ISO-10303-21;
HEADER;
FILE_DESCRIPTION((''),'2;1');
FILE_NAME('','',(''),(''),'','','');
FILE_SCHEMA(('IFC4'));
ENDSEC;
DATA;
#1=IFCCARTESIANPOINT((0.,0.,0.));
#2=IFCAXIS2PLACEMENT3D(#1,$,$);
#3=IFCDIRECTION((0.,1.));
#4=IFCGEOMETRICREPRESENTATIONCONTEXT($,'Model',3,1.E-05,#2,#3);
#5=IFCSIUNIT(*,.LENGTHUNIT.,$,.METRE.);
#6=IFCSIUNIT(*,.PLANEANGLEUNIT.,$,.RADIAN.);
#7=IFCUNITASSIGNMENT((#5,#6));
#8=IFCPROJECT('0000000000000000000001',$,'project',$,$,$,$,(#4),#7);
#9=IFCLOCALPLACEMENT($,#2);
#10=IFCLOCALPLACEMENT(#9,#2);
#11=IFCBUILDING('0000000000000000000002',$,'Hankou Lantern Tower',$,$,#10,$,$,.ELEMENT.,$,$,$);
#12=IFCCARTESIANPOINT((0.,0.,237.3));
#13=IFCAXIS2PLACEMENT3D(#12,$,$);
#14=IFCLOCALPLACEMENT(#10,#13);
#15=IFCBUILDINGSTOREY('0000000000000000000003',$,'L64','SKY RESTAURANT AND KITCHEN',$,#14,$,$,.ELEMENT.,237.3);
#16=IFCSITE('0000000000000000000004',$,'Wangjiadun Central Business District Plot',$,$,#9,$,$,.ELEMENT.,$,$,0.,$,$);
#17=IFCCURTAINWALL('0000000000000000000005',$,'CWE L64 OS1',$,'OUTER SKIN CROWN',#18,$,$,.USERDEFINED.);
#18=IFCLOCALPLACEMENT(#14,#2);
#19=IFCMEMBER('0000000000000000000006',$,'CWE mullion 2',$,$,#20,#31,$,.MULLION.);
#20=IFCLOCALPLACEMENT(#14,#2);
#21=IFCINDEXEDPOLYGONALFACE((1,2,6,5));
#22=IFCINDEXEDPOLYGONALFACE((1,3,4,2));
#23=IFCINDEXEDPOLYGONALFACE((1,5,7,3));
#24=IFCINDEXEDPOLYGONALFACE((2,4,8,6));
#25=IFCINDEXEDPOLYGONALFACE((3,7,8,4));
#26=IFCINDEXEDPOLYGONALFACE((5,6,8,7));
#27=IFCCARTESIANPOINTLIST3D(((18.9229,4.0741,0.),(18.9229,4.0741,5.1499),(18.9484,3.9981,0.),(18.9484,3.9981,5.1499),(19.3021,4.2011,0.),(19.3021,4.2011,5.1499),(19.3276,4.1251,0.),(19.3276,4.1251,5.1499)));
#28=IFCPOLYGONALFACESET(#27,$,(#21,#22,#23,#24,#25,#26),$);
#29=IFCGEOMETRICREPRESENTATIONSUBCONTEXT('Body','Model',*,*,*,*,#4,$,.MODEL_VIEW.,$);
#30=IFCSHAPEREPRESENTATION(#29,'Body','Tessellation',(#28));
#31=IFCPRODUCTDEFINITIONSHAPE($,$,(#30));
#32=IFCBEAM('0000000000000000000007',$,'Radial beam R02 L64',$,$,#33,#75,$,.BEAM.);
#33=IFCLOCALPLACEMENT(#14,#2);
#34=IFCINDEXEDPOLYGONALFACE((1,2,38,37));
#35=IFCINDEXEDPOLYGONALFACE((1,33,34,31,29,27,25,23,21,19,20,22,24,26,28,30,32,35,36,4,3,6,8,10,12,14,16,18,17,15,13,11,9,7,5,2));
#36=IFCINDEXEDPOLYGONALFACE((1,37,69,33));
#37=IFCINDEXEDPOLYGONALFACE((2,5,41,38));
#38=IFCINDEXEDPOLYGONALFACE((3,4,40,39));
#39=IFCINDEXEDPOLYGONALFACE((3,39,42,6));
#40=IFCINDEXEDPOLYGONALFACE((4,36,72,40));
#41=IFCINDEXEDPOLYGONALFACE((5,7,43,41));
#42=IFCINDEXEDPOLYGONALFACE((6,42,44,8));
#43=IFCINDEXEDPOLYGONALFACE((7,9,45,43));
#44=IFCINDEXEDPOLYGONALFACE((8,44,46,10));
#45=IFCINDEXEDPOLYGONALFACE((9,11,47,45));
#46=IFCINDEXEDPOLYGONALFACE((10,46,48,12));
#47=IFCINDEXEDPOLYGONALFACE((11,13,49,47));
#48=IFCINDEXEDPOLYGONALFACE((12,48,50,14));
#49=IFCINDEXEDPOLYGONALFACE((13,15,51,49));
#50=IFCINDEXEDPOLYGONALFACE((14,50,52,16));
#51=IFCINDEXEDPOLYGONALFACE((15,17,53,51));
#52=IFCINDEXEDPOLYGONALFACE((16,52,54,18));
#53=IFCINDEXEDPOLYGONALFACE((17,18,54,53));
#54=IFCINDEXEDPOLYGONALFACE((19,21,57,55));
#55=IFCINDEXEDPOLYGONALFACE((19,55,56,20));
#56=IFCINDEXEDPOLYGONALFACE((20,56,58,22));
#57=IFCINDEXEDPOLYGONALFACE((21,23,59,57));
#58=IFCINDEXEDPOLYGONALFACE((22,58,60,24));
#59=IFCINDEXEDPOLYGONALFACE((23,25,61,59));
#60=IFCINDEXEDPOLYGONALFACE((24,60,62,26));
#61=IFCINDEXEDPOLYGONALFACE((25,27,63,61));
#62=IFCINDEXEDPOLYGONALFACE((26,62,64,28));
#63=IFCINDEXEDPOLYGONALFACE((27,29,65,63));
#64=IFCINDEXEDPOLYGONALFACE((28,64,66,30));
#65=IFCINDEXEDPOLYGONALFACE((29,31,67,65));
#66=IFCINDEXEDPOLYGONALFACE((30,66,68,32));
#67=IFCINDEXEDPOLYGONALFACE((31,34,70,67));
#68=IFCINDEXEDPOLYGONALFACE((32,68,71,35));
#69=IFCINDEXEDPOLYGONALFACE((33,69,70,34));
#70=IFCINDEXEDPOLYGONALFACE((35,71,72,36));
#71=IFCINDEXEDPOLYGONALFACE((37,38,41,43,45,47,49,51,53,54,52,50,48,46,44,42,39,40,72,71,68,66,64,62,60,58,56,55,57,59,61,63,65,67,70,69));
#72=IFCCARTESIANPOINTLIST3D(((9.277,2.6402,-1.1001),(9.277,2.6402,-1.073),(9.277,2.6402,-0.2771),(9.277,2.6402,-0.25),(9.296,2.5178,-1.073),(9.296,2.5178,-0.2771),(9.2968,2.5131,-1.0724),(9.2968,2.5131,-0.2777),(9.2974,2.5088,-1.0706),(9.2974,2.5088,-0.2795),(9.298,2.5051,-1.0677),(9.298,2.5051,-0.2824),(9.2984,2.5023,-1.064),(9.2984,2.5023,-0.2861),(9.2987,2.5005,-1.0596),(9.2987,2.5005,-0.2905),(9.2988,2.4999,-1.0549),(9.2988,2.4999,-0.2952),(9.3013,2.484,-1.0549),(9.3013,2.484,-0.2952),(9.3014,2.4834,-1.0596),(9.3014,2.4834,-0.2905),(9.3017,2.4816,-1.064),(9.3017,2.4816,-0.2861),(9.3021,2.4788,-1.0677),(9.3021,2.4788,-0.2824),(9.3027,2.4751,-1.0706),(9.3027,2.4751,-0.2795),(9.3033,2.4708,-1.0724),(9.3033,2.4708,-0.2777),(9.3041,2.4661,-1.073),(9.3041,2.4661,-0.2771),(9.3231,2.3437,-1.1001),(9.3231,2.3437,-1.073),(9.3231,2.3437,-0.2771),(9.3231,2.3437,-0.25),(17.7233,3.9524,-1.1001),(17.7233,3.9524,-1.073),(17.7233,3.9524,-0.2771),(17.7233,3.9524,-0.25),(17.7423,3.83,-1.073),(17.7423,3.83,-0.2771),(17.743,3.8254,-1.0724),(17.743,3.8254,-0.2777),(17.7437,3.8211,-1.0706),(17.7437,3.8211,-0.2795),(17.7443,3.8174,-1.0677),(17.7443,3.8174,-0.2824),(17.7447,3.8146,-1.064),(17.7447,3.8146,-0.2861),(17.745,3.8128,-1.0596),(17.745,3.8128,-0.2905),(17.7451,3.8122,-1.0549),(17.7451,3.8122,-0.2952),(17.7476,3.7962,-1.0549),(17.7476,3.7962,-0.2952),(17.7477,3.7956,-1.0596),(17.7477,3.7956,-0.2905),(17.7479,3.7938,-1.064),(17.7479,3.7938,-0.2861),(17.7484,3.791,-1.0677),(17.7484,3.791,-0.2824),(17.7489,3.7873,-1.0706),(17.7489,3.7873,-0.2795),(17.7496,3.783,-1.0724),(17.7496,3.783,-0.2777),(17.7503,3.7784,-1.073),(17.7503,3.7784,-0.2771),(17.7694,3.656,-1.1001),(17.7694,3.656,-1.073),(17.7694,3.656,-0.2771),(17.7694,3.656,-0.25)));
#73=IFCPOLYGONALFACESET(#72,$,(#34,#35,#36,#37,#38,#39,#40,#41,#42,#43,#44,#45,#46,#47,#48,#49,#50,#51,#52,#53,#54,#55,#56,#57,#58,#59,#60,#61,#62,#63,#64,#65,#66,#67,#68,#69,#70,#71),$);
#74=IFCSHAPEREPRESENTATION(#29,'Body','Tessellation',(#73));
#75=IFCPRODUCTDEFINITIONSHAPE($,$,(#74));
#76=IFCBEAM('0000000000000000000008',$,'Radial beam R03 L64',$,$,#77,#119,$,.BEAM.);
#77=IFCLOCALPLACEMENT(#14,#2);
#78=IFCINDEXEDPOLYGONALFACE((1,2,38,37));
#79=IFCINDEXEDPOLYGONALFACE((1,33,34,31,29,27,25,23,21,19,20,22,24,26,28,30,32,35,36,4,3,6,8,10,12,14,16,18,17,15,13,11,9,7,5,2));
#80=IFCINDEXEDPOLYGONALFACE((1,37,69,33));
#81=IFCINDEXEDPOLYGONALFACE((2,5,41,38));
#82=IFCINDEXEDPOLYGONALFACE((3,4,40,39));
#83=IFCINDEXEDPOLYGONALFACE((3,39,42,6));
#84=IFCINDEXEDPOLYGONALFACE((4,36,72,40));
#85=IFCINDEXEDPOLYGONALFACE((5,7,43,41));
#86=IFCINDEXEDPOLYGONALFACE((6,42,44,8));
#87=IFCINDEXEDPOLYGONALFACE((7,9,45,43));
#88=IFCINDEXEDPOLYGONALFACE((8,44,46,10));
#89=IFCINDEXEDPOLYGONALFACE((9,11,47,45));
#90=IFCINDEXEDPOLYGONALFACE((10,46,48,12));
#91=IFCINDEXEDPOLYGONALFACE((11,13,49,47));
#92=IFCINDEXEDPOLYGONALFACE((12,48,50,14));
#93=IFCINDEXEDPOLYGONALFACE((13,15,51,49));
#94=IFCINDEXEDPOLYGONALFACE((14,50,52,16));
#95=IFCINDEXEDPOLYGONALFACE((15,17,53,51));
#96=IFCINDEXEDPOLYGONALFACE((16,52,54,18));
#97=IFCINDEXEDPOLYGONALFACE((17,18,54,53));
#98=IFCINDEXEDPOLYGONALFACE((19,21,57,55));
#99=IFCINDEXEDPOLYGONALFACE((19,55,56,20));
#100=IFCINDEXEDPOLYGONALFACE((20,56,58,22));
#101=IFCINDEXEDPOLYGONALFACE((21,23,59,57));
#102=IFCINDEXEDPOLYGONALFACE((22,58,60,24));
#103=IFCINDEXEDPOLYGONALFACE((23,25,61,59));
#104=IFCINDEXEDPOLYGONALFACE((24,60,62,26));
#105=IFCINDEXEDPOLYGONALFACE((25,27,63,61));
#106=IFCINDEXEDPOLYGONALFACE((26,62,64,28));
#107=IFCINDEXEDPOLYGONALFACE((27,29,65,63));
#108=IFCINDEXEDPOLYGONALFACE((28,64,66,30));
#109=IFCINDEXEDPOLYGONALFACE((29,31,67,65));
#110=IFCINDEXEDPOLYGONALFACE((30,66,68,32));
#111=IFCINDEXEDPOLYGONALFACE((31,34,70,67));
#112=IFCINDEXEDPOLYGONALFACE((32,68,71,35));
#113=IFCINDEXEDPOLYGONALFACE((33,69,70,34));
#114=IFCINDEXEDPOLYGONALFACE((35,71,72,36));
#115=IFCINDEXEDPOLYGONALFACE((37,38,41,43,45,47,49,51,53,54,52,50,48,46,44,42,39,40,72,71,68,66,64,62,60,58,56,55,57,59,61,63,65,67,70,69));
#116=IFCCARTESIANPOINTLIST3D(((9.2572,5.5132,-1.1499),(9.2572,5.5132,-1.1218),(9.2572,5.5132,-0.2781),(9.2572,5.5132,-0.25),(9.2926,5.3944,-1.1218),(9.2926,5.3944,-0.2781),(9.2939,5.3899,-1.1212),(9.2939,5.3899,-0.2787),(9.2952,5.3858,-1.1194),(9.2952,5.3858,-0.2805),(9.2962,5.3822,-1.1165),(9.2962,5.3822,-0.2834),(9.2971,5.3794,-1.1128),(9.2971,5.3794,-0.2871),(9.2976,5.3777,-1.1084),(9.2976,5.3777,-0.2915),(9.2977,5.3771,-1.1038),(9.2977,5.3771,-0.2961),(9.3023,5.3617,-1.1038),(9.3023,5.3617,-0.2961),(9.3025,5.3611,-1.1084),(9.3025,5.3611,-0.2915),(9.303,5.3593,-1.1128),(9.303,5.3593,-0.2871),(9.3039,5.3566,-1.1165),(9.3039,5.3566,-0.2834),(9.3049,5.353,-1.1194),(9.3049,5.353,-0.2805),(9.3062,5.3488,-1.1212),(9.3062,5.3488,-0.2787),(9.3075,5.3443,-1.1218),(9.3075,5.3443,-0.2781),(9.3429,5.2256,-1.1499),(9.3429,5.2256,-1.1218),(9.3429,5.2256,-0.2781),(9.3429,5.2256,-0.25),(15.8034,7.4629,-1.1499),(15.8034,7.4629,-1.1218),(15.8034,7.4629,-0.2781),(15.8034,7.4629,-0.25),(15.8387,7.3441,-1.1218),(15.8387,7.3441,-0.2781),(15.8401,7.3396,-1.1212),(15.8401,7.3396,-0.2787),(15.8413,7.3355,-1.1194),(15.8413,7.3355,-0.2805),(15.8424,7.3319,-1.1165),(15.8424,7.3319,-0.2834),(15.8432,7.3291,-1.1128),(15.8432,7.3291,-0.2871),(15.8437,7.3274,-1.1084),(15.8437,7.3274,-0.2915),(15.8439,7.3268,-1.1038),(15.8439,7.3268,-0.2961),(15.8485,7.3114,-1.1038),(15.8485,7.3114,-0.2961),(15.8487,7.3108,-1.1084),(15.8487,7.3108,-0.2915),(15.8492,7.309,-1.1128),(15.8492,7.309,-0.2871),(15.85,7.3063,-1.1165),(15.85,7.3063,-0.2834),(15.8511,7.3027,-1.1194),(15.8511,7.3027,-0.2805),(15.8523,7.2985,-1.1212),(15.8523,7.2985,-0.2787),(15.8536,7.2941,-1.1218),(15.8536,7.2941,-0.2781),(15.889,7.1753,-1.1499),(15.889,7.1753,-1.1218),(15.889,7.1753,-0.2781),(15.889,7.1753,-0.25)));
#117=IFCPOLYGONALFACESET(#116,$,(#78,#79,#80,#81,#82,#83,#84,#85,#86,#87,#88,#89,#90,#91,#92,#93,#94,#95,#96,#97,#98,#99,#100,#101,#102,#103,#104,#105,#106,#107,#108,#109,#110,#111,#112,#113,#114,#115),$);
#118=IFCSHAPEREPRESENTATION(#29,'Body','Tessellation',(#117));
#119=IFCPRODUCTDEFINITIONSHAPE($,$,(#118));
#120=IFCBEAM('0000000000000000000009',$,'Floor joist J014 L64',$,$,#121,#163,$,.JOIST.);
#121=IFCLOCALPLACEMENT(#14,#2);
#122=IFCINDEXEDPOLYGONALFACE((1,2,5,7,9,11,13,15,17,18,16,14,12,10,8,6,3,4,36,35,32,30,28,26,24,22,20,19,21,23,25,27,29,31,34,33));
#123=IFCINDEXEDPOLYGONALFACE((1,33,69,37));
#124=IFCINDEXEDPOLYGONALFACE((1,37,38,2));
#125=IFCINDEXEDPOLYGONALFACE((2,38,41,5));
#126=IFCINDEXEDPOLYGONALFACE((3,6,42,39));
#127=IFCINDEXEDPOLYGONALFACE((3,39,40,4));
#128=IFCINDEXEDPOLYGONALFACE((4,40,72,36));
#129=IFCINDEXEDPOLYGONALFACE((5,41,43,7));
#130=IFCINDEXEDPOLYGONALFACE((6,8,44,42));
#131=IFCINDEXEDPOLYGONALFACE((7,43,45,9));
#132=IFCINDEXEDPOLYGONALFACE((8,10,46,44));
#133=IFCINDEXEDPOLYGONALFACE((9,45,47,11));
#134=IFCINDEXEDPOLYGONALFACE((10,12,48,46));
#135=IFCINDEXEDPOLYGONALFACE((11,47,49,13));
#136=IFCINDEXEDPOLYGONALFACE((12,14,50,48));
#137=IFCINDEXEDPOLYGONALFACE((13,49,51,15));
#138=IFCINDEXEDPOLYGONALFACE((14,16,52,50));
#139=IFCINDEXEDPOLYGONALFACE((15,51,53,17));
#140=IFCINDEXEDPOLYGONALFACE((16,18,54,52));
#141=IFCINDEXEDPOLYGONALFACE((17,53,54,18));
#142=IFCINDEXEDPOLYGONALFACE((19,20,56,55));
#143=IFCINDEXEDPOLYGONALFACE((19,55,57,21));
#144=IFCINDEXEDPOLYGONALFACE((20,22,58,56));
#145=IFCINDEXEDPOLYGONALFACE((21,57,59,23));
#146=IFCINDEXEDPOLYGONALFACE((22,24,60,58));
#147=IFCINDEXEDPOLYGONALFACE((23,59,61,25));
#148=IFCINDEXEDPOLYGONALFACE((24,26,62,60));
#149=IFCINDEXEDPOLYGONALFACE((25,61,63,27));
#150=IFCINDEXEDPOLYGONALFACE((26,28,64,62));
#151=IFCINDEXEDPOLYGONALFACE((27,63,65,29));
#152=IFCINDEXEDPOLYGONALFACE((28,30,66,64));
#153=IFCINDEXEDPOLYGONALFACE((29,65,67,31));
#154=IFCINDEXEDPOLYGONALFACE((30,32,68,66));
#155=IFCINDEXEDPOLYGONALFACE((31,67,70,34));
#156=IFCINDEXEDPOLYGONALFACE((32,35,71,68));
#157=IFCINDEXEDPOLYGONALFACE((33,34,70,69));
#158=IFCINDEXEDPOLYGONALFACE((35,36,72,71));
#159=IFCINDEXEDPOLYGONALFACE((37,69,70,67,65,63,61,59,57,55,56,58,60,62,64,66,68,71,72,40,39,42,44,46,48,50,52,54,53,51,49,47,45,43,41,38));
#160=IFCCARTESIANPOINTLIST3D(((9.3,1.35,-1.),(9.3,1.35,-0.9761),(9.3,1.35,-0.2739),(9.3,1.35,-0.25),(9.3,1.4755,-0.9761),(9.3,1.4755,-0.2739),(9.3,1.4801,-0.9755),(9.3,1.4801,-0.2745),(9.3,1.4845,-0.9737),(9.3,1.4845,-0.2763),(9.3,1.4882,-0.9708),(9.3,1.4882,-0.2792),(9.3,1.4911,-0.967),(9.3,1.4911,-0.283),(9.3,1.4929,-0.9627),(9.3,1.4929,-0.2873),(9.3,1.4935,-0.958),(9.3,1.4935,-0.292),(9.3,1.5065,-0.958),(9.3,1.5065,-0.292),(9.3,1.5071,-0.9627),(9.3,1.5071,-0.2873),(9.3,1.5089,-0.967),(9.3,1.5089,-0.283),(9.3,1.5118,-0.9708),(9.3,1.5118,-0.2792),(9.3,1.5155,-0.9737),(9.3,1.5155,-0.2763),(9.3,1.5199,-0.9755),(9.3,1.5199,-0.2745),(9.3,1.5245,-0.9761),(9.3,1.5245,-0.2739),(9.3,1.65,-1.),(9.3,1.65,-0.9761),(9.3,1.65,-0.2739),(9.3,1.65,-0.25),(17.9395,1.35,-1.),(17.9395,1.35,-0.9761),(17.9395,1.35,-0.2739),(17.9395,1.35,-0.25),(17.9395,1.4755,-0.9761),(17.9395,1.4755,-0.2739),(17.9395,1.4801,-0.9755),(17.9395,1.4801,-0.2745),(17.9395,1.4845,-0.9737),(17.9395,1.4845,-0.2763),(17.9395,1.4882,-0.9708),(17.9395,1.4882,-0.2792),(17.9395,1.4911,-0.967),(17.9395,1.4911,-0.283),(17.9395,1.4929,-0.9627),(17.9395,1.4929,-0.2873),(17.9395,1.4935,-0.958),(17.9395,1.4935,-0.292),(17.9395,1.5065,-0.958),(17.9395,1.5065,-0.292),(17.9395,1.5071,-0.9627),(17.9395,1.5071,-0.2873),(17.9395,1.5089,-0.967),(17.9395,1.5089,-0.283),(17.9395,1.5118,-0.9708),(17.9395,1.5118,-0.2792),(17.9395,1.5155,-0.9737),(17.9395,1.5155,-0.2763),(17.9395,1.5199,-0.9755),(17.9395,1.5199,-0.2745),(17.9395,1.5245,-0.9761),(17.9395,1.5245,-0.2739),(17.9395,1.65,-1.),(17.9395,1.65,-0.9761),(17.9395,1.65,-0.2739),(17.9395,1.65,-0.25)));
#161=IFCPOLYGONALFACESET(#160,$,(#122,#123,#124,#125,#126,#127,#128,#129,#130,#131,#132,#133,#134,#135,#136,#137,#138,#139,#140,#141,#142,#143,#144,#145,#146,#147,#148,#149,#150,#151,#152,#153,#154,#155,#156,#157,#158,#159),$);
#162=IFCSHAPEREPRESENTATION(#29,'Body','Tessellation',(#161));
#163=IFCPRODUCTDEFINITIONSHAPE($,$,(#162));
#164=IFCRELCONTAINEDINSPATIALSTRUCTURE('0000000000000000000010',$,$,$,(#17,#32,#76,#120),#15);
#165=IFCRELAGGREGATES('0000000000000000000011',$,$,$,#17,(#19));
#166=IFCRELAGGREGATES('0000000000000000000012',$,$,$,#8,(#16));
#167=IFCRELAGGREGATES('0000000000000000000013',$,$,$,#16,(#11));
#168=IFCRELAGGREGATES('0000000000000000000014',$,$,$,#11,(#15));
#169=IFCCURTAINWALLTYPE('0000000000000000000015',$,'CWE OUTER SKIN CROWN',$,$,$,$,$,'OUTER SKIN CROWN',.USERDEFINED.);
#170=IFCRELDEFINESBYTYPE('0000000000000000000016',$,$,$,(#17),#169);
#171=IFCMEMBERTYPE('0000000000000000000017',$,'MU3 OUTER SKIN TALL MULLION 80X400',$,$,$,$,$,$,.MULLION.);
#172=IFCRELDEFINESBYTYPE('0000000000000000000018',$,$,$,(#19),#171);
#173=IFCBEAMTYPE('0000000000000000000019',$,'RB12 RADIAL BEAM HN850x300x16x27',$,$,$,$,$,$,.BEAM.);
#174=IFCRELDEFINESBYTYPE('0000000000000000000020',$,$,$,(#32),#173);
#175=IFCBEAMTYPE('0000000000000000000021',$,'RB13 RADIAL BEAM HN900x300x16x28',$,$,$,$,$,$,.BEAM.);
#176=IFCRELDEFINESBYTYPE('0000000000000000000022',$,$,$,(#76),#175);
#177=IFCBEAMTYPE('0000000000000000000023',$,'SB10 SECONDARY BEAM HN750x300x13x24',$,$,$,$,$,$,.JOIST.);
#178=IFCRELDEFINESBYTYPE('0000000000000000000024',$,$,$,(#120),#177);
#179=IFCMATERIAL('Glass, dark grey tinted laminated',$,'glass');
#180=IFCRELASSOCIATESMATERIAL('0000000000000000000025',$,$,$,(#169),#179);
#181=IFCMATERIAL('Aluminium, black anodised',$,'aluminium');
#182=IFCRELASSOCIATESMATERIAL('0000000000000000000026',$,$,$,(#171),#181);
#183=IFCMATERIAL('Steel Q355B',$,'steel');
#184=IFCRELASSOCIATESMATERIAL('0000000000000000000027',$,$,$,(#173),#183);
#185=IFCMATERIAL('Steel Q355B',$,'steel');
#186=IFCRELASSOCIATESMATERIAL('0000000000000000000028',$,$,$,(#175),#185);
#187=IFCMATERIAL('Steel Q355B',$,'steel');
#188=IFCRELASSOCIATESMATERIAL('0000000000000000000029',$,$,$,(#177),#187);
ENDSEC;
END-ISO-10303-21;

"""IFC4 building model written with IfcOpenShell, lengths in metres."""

from ifc_helpers import new_model, si_unit, direction, frame, origin, origin_2d, place, context, subcontext, project, spatial, rectangle, i_section, extrude, material, material_profile, profile_set, type_object, element, aggregate, save


model = new_model("IFC4")

# Units and contexts
model_context = context("Model", 3, precision=1e-05, world=origin(), true_north=direction((0.0, 1.0)))
body_context = subcontext(model_context, "Body", "Model", "MODEL_VIEW")
ifc_project = project(units=[si_unit("LENGTHUNIT", "METRE"), si_unit("PLANEANGLEUNIT", "RADIAN")], contexts=[model_context])

# Site, building, storey
site_placement = place(None, origin())
site = spatial("IfcSite", under=ifc_project, at=site_placement, Name="Wangjiadun Central Business District Plot", CompositionType="ELEMENT", RefElevation=0.0)
building_placement = place(site_placement, origin())
building = spatial("IfcBuilding", under=site, at=building_placement, Name="Hankou Lantern Tower", CompositionType="ELEMENT")
storey_placement = place(building_placement, frame((0.0, 0.0, 237.3)))
storey = spatial("IfcBuildingStorey", under=building, at=storey_placement, Name="L64", Description="SKY RESTAURANT AND KITCHEN", CompositionType="ELEMENT", Elevation=237.3)

# Curtain wall, member
ifc_material_1 = material(Name="Glass, dark grey tinted laminated", Category="glass")
curtain_wall_type = type_object("IfcCurtainWallType", Name="CWE OUTER SKIN CROWN", ElementType="OUTER SKIN CROWN", PredefinedType="USERDEFINED", material=ifc_material_1)
curtain_wall_placement = place(storey_placement, origin())
curtain_wall = element("IfcCurtainWall", 1, at=curtain_wall_placement, inside=storey, type_object=curtain_wall_type, Name="CWE L64 OS1", ObjectType="OUTER SKIN CROWN", PredefinedType="USERDEFINED")
ifc_material_2 = material(Name="Aluminium, black anodised", Category="aluminium")
ifc_material_profile_1 = material_profile(ifc_material_2, rectangle(XDim=0.0801, YDim=0.3999, at=origin_2d()), Name="MU3 80X400")
ifc_profile_set_1 = profile_set([ifc_material_profile_1], Name="Aluminium, black anodised")
member_type_1 = type_object("IfcMemberType", Name="MU3 OUTER SKIN TALL MULLION 80X400", PredefinedType="MULLION", material=ifc_profile_set_1)
member_1_placement = place(storey_placement, frame((19.1252, 4.0996, 0.0), z_axis=(0.0, 0.0, 1.0), x_axis=(-0.317596, 0.948226, 0.0)))
member_1 = element("IfcMember", 2, at=member_1_placement, type_object=member_type_1, Name="CWE mullion 2", PredefinedType="MULLION", context=body_context, shape_type="SweptSolid", body=[
    extrude(rectangle(XDim=0.0801, YDim=0.3999, at=origin_2d()), origin(), (0.0, 0.0, 1.0), 5.1499),
])

# Beams
ifc_material_3 = material(Name="Steel Q355B", Category="steel")
ifc_material_profile_2 = material_profile(ifc_material_3, i_section(OverallWidth=0.3, OverallDepth=0.8501, WebThickness=0.0161, FlangeThickness=0.0271, FilletRadius=0.0181, at=origin_2d()), Name="HN850x300x16x27")
ifc_profile_set_2 = profile_set([ifc_material_profile_2], Name="Steel Q355B")
beam_type_1 = type_object("IfcBeamType", Name="RB12 RADIAL BEAM HN850x300x16x27", PredefinedType="BEAM", material=ifc_profile_set_2)
beam_1_placement = place(storey_placement, frame((9.3, 2.4919, -0.675), z_axis=(0.988145, 0.153523, 0.0), x_axis=(-0.153523, 0.988145, 0.0)))
element("IfcBeam", 3, at=beam_1_placement, inside=storey, type_object=beam_type_1, Name="Radial beam R02 L64", PredefinedType="BEAM", context=body_context, shape_type="SweptSolid", body=[
    extrude(i_section(OverallWidth=0.3, OverallDepth=0.8501, WebThickness=0.0161, FlangeThickness=0.0271, FilletRadius=0.0181, at=origin_2d()), origin(), (0.0, 0.0, 1.0), 8.5476),
])
ifc_material_4 = material(Name="Steel Q355B", Category="steel")
ifc_material_profile_3 = material_profile(ifc_material_4, i_section(OverallWidth=0.3, OverallDepth=0.8999, WebThickness=0.0161, FlangeThickness=0.0281, FilletRadius=0.0181, at=origin_2d()), Name="HN900x300x16x28")
ifc_profile_set_3 = profile_set([ifc_material_profile_3], Name="Steel Q355B")
beam_type_2 = type_object("IfcBeamType", Name="RB13 RADIAL BEAM HN900x300x16x28", PredefinedType="BEAM", material=ifc_profile_set_3)
beam_2_placement = place(storey_placement, frame((9.3, 5.3694, -0.7), z_axis=(0.958394, 0.285449, 0.0), x_axis=(-0.285449, 0.958394, 0.0)))
element("IfcBeam", 4, at=beam_2_placement, inside=storey, type_object=beam_type_2, Name="Radial beam R03 L64", PredefinedType="BEAM", context=body_context, shape_type="SweptSolid", body=[
    extrude(i_section(OverallWidth=0.3, OverallDepth=0.8999, WebThickness=0.0161, FlangeThickness=0.0281, FilletRadius=0.0181, at=origin_2d()), origin(), (0.0, 0.0, 1.0), 6.8303),
])
ifc_material_5 = material(Name="Steel Q355B", Category="steel")
ifc_material_profile_4 = material_profile(ifc_material_5, i_section(OverallWidth=0.3, OverallDepth=0.75, WebThickness=0.0129, FlangeThickness=0.0239, FilletRadius=0.0181, at=origin_2d()), Name="HN750x300x13x24")
ifc_profile_set_4 = profile_set([ifc_material_profile_4], Name="Steel Q355B")
beam_type_3 = type_object("IfcBeamType", Name="SB10 SECONDARY BEAM HN750x300x13x24", PredefinedType="JOIST", material=ifc_profile_set_4)
beam_3_placement = place(storey_placement, frame((9.3, 1.5, -0.625), z_axis=(1.0, 0.0, 0.0), x_axis=(0.0, 1.0, 0.0)))
element("IfcBeam", 5, at=beam_3_placement, inside=storey, type_object=beam_type_3, Name="Floor joist J014 L64", PredefinedType="JOIST", context=body_context, shape_type="SweptSolid", body=[
    extrude(i_section(OverallWidth=0.3, OverallDepth=0.75, WebThickness=0.0129, FlangeThickness=0.0239, FilletRadius=0.0181, at=origin_2d()), origin(), (0.0, 0.0, 1.0), 8.6394),
])

aggregate(curtain_wall, [member_1])

save(model, "model.ifc")
